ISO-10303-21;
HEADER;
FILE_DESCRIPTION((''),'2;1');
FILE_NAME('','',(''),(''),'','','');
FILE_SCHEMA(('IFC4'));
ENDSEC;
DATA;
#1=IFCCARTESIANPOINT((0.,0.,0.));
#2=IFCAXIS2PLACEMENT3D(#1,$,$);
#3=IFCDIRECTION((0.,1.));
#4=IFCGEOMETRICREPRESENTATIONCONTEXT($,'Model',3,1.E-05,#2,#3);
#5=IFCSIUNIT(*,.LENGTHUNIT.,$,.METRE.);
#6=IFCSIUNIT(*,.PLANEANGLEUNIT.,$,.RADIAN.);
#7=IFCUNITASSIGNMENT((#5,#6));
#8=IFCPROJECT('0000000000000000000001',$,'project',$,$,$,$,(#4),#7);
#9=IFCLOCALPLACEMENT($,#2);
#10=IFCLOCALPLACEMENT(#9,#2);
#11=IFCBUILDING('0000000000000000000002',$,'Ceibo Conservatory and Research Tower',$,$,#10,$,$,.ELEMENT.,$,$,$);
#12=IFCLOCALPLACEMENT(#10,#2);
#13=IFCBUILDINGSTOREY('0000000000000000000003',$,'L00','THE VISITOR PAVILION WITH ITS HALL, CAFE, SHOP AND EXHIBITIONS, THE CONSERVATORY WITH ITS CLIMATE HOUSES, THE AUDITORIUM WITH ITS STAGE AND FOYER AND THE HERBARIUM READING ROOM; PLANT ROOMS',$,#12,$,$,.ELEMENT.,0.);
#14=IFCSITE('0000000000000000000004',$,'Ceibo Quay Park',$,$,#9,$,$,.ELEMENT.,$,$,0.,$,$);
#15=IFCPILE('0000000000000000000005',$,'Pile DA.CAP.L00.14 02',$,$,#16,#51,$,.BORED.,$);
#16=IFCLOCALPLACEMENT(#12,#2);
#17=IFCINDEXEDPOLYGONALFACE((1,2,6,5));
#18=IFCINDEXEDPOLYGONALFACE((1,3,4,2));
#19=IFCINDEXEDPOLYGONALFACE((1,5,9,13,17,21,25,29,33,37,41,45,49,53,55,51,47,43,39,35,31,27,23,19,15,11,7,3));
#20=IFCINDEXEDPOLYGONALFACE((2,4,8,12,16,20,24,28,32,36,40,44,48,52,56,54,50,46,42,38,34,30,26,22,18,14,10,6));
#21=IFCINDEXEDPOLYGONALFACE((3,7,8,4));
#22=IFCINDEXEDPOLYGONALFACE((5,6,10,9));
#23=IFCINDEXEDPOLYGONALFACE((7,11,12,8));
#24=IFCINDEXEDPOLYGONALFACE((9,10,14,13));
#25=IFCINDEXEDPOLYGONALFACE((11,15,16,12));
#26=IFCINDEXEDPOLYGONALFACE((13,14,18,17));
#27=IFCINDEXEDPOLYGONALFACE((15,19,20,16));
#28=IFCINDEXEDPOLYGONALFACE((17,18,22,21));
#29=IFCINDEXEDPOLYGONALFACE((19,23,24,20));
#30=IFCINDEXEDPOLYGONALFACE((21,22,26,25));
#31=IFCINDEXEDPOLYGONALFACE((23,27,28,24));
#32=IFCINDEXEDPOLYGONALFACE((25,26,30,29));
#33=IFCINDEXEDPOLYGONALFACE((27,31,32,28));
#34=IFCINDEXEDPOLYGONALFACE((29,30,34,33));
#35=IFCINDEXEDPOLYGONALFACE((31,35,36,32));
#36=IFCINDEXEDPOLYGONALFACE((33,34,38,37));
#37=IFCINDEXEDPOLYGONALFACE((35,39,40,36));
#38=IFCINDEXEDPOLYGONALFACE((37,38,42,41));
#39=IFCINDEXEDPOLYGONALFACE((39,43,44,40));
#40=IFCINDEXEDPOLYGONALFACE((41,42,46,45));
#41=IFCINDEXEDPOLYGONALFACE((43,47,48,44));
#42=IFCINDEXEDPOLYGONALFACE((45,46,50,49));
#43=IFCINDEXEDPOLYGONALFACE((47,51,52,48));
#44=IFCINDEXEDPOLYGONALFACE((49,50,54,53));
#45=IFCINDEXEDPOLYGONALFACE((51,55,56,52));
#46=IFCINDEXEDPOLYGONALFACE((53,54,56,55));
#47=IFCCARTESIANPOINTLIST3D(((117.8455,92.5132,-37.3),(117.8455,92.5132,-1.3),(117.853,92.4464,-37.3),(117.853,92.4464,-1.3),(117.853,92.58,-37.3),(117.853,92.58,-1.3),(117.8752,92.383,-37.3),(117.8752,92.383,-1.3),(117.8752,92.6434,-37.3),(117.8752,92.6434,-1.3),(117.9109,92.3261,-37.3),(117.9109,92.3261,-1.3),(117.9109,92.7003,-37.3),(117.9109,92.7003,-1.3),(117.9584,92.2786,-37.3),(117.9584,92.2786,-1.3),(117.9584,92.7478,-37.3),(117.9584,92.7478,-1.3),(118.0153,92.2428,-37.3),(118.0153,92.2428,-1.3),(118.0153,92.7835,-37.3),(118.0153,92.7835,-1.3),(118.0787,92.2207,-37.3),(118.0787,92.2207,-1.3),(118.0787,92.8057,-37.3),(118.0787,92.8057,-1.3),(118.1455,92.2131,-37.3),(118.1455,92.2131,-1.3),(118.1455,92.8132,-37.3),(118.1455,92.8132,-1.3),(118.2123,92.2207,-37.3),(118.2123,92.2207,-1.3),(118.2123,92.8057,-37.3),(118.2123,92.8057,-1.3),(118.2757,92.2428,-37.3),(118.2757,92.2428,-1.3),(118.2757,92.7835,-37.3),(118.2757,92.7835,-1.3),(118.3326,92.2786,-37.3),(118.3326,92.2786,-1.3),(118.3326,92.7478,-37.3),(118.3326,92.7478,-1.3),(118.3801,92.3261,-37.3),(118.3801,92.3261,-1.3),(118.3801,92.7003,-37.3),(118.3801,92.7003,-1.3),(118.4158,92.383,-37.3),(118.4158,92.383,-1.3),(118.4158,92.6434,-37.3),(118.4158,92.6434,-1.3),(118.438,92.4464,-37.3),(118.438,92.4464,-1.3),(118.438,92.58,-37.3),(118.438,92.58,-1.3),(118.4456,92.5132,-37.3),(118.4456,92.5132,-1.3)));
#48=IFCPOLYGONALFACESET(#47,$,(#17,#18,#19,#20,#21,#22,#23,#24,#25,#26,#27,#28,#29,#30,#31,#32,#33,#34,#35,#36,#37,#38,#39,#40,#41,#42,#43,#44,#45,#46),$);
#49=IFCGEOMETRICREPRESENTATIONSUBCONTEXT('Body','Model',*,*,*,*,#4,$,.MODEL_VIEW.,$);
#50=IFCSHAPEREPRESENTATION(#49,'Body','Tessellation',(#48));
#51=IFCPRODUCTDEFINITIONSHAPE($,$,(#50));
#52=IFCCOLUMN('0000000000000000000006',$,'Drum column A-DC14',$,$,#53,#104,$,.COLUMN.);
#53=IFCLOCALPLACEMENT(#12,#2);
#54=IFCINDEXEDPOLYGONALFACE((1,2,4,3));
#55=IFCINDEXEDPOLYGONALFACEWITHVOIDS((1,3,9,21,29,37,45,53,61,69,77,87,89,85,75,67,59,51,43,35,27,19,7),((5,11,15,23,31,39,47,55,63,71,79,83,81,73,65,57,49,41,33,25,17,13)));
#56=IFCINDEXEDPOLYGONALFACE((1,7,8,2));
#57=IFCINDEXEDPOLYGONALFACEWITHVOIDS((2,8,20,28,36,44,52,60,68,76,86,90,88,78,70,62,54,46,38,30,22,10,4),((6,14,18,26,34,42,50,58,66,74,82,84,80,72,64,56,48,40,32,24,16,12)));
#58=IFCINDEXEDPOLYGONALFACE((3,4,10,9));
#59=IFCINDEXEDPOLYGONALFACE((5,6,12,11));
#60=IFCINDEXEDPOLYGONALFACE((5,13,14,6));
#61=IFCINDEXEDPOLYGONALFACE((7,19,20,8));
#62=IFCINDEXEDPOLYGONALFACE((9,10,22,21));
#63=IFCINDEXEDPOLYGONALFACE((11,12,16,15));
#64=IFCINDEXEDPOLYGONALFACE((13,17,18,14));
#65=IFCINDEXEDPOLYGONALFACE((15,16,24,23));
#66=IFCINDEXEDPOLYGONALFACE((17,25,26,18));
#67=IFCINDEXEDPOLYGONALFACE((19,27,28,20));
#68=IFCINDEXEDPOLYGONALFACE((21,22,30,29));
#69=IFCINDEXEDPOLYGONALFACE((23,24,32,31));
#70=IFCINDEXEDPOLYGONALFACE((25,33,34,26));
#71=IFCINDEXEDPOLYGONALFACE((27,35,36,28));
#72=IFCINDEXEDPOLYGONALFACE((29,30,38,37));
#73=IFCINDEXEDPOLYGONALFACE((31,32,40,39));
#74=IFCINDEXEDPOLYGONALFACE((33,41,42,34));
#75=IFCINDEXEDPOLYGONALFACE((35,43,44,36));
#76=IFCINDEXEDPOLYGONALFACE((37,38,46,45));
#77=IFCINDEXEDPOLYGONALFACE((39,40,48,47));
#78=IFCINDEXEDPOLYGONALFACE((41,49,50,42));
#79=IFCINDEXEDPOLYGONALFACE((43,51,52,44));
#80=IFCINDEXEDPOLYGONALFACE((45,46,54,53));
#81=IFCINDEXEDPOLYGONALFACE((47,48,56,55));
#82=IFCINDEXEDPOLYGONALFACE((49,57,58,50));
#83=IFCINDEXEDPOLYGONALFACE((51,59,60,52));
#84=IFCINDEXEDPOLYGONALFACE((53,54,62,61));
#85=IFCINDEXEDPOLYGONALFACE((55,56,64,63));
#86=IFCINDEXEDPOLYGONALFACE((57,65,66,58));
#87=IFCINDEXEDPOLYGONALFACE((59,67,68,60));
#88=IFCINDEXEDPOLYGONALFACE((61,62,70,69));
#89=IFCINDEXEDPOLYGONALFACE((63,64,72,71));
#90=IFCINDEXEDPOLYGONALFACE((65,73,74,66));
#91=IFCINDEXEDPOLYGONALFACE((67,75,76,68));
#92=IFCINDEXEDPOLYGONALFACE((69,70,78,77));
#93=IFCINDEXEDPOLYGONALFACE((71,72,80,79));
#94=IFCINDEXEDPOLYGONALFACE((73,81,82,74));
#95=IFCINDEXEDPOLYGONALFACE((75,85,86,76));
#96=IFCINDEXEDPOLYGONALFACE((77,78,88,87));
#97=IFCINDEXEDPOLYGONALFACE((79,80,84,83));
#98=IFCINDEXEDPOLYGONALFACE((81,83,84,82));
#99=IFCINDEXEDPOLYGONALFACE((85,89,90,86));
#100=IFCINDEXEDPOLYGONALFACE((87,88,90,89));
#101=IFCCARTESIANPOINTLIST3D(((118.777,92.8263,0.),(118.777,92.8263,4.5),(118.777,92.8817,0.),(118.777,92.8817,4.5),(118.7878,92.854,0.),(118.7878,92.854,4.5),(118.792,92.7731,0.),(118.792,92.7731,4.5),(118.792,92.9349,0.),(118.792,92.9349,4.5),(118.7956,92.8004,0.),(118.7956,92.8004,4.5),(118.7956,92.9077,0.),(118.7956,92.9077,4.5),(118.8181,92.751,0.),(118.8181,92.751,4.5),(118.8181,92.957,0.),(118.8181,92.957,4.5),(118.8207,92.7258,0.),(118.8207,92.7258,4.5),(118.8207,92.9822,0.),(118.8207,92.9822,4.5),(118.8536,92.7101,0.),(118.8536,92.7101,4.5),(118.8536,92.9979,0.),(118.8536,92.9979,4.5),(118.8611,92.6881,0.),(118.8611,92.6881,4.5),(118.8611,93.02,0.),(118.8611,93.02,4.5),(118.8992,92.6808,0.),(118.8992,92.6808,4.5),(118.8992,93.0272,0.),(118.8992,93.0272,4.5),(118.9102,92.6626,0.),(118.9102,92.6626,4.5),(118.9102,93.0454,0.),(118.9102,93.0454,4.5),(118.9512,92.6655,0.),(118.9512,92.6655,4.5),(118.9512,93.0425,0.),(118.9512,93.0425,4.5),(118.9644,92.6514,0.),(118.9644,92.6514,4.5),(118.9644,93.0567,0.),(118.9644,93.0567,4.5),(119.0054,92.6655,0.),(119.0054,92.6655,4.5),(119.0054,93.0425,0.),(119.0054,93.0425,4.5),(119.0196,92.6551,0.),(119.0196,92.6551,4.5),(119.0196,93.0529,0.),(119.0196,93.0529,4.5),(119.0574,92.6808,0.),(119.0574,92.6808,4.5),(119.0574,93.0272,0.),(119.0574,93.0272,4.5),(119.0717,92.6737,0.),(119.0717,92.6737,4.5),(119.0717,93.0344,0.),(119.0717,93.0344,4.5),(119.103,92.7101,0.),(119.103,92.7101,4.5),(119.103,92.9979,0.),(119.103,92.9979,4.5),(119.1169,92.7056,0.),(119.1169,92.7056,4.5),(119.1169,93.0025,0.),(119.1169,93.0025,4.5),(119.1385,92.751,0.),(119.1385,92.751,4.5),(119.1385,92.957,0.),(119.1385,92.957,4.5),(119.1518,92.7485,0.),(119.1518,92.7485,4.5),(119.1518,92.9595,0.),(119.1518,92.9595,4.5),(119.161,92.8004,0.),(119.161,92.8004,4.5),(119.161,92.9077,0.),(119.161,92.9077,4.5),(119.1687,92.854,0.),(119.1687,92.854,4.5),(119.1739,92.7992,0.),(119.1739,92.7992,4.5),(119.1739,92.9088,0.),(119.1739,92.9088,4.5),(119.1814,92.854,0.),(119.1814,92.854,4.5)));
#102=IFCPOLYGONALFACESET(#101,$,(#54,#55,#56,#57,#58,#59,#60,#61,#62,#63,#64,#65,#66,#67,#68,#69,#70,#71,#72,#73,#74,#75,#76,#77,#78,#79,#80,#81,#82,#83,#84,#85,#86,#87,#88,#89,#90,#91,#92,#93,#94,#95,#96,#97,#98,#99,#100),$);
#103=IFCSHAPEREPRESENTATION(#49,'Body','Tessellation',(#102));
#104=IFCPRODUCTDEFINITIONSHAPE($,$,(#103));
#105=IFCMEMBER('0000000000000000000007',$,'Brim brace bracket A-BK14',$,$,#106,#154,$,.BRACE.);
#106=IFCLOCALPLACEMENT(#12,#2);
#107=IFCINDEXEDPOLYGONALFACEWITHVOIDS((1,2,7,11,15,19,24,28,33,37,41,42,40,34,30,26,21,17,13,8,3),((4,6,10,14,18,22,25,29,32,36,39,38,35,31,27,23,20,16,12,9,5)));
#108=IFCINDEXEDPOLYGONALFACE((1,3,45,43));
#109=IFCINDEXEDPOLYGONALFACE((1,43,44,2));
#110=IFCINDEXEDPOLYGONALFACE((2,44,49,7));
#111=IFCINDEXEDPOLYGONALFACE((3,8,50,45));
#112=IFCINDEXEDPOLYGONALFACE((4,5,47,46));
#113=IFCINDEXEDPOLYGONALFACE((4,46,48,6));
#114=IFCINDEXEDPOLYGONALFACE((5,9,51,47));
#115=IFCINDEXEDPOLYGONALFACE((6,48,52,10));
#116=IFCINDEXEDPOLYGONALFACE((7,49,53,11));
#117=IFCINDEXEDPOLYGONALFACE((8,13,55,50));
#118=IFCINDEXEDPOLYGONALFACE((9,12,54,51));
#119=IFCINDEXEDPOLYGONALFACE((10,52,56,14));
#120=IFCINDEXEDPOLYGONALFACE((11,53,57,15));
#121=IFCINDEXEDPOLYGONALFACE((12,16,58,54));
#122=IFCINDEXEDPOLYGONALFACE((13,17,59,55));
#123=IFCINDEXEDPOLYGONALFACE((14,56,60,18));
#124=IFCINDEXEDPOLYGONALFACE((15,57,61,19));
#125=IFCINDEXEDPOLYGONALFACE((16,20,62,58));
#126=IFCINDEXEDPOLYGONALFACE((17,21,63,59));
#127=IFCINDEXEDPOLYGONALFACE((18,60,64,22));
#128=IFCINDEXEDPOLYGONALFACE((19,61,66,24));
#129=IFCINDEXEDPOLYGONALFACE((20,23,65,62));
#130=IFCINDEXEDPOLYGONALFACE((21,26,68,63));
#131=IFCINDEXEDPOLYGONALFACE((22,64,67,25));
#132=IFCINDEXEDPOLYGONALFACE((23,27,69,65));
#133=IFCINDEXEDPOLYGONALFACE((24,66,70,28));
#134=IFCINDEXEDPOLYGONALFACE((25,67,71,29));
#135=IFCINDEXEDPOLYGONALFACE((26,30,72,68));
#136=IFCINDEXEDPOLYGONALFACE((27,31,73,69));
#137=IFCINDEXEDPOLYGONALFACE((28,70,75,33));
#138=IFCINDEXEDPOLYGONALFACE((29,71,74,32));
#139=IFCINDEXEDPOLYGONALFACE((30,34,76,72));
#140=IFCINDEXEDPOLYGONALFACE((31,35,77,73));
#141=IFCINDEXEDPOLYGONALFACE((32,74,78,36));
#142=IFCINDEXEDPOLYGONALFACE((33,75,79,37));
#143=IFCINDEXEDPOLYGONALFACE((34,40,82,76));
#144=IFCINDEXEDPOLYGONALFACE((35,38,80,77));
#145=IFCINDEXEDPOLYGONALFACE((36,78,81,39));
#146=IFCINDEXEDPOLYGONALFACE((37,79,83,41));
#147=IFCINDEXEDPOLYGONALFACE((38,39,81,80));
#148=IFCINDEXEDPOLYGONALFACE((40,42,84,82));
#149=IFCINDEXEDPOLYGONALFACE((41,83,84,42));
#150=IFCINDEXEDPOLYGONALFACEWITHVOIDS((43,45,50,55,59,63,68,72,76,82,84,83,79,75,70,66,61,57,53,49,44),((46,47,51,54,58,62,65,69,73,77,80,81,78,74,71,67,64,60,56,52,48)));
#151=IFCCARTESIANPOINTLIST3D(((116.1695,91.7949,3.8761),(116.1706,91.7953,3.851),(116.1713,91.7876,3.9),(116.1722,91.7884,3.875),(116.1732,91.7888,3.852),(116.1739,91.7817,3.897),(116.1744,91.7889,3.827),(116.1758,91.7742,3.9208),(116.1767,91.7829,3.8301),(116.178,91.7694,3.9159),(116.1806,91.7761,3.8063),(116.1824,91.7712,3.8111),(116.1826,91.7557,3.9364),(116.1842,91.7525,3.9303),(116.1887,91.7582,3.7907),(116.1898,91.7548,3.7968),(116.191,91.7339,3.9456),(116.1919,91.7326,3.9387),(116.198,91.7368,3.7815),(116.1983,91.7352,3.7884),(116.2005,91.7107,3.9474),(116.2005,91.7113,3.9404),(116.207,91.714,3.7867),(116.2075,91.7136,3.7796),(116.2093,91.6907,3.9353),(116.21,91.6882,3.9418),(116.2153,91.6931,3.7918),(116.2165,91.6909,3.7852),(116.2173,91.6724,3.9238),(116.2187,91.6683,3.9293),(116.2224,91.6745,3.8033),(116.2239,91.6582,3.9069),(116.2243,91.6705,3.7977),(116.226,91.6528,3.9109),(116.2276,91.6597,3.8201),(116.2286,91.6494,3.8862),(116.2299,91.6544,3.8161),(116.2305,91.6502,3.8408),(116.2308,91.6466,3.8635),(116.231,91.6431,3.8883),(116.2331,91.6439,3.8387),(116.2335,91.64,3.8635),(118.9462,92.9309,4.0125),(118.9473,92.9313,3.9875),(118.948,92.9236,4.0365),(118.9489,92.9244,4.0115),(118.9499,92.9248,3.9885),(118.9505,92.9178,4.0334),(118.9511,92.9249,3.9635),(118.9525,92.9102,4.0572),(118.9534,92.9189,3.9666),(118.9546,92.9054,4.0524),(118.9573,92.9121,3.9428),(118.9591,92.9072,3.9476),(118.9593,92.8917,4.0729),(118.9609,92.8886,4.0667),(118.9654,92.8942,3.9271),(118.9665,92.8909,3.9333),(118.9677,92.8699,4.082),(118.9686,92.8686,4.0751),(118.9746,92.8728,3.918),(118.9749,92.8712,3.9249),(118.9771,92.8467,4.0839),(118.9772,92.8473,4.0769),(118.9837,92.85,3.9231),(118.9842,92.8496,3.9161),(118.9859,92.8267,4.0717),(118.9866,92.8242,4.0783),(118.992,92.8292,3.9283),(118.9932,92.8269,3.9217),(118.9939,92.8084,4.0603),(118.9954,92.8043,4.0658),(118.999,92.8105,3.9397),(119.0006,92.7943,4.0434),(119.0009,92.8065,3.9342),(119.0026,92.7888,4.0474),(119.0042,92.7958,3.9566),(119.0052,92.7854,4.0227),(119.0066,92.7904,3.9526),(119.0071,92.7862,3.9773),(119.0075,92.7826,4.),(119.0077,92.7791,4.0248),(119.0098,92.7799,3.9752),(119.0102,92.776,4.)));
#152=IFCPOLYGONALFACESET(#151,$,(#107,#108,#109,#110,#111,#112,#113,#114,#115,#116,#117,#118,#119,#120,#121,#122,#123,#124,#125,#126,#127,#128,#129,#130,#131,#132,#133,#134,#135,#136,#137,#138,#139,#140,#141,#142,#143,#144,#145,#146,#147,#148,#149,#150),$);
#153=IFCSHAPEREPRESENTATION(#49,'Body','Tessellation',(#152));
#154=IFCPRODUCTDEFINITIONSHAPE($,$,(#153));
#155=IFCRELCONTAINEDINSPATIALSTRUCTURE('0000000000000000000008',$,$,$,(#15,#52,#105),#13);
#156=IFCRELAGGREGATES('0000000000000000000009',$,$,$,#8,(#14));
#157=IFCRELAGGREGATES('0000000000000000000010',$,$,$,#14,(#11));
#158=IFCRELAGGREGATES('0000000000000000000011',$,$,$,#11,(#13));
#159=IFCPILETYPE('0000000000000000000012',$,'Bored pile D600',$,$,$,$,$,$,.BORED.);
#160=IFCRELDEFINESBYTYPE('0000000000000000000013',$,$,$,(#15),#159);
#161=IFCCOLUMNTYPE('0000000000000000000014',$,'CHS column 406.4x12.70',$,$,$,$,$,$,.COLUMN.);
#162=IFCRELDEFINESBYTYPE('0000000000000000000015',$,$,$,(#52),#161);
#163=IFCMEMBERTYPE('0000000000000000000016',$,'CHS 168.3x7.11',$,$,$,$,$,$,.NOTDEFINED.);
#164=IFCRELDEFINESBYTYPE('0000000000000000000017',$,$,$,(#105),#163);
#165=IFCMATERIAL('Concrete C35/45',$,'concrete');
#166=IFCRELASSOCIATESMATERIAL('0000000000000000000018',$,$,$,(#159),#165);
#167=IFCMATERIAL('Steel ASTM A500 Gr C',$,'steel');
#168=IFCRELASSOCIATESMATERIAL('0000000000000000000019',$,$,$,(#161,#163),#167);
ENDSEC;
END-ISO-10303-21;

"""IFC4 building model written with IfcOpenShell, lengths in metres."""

from ifc_helpers import new_model, si_unit, direction, frame, origin, origin_2d, place, context, subcontext, project, spatial, circle, hollow_circle, extrude, material, material_profile, profile_set, type_object, element, save


model = new_model("IFC4")

# Units and contexts
model_context = context("Model", 3, precision=1e-05, world=origin(), true_north=direction((0.0, 1.0)))
body_context = subcontext(model_context, "Body", "Model", "MODEL_VIEW")
ifc_project = project(units=[si_unit("LENGTHUNIT", "METRE"), si_unit("PLANEANGLEUNIT", "RADIAN")], contexts=[model_context])

# Site, building, storey
site_placement = place(None, origin())
site = spatial("IfcSite", under=ifc_project, at=site_placement, Name="Ceibo Quay Park", CompositionType="ELEMENT", RefElevation=0.0)
building_placement = place(site_placement, origin())
building = spatial("IfcBuilding", under=site, at=building_placement, Name="Ceibo Conservatory and Research Tower", CompositionType="ELEMENT")
storey_placement = place(building_placement, origin())
storey = spatial("IfcBuildingStorey", under=building, at=storey_placement, Name="L00", Description="THE VISITOR PAVILION WITH ITS HALL, CAFE, SHOP AND EXHIBITIONS, THE CONSERVATORY WITH ITS CLIMATE HOUSES, THE AUDITORIUM WITH ITS STAGE AND FOYER AND THE HERBARIUM READING ROOM; PLANT ROOMS", CompositionType="ELEMENT", Elevation=0.0)

# Pile
ifc_material_1 = material(Name="Concrete C35/45", Category="concrete")
ifc_material_profile_1 = material_profile(ifc_material_1, circle(Radius=0.3, at=origin_2d()), Name="RC D600")
ifc_profile_set_1 = profile_set([ifc_material_profile_1], Name="Concrete C35/45")
pile_type = type_object("IfcPileType", Name="Bored pile D600", PredefinedType="BORED", material=ifc_profile_set_1)
pile_placement = place(storey_placement, frame((118.1455, 92.5132, -1.3), z_axis=(0.0, 0.0, -1.0), x_axis=(1.0, 0.0, 0.0)))
element("IfcPile", 1, at=pile_placement, inside=storey, type_object=pile_type, Name="Pile DA.CAP.L00.14 02", PredefinedType="BORED", context=body_context, shape_type="SweptSolid", body=[
    extrude(circle(Radius=0.3, at=origin_2d()), origin(), (0.0, 0.0, 1.0), 36.0),
])

# Column
ifc_material_2 = material(Name="Steel ASTM A500 Gr C", Category="steel")
ifc_material_profile_2 = material_profile(ifc_material_2, hollow_circle(Radius=0.2031, WallThickness=0.0127, at=origin_2d()), Name="CHS column 406.4x12.70")
ifc_profile_set_2 = profile_set([ifc_material_profile_2], Name="Steel ASTM A500 Gr C")
column_type = type_object("IfcColumnType", Name="CHS column 406.4x12.70", PredefinedType="COLUMN", material=ifc_profile_set_2)
column_placement = place(storey_placement, frame((118.9783, 92.854, 0.0), z_axis=(0.0, 0.0, 1.0), x_axis=(1.0, 0.0, 0.0)))
element("IfcColumn", 2, at=column_placement, inside=storey, type_object=column_type, Name="Drum column A-DC14", PredefinedType="COLUMN", context=body_context, shape_type="SweptSolid", body=[
    extrude(hollow_circle(Radius=0.2031, WallThickness=0.0127, at=origin_2d()), origin(), (0.0, 0.0, 1.0), 4.5),
])

# Member
ifc_material_profile_3 = material_profile(ifc_material_2, hollow_circle(Radius=0.0842, WallThickness=0.0071, at=origin_2d()), Name="CHS 168.3x7.11")
ifc_profile_set_3 = profile_set([ifc_material_profile_3], Name="Steel ASTM A500 Gr C")
member_type_1 = type_object("IfcMemberType", Name="CHS 168.3x7.11", PredefinedType="NOTDEFINED", material=ifc_profile_set_3)
member_1_placement = place(storey_placement, frame((118.9783, 92.854, 4.0), z_axis=(-0.924579, -0.37827, -0.045444), x_axis=(0.378661, -0.925535, 0.0)))
element("IfcMember", 3, at=member_1_placement, inside=storey, type_object=member_type_1, Name="Brim brace bracket A-BK14", PredefinedType="BRACE", context=body_context, shape_type="SweptSolid", body=[
    extrude(hollow_circle(Radius=0.0842, WallThickness=0.0071, at=origin_2d()), origin(), (0.0, 0.0, 1.0), 3.0032),
])

save(model, "model.ifc")
